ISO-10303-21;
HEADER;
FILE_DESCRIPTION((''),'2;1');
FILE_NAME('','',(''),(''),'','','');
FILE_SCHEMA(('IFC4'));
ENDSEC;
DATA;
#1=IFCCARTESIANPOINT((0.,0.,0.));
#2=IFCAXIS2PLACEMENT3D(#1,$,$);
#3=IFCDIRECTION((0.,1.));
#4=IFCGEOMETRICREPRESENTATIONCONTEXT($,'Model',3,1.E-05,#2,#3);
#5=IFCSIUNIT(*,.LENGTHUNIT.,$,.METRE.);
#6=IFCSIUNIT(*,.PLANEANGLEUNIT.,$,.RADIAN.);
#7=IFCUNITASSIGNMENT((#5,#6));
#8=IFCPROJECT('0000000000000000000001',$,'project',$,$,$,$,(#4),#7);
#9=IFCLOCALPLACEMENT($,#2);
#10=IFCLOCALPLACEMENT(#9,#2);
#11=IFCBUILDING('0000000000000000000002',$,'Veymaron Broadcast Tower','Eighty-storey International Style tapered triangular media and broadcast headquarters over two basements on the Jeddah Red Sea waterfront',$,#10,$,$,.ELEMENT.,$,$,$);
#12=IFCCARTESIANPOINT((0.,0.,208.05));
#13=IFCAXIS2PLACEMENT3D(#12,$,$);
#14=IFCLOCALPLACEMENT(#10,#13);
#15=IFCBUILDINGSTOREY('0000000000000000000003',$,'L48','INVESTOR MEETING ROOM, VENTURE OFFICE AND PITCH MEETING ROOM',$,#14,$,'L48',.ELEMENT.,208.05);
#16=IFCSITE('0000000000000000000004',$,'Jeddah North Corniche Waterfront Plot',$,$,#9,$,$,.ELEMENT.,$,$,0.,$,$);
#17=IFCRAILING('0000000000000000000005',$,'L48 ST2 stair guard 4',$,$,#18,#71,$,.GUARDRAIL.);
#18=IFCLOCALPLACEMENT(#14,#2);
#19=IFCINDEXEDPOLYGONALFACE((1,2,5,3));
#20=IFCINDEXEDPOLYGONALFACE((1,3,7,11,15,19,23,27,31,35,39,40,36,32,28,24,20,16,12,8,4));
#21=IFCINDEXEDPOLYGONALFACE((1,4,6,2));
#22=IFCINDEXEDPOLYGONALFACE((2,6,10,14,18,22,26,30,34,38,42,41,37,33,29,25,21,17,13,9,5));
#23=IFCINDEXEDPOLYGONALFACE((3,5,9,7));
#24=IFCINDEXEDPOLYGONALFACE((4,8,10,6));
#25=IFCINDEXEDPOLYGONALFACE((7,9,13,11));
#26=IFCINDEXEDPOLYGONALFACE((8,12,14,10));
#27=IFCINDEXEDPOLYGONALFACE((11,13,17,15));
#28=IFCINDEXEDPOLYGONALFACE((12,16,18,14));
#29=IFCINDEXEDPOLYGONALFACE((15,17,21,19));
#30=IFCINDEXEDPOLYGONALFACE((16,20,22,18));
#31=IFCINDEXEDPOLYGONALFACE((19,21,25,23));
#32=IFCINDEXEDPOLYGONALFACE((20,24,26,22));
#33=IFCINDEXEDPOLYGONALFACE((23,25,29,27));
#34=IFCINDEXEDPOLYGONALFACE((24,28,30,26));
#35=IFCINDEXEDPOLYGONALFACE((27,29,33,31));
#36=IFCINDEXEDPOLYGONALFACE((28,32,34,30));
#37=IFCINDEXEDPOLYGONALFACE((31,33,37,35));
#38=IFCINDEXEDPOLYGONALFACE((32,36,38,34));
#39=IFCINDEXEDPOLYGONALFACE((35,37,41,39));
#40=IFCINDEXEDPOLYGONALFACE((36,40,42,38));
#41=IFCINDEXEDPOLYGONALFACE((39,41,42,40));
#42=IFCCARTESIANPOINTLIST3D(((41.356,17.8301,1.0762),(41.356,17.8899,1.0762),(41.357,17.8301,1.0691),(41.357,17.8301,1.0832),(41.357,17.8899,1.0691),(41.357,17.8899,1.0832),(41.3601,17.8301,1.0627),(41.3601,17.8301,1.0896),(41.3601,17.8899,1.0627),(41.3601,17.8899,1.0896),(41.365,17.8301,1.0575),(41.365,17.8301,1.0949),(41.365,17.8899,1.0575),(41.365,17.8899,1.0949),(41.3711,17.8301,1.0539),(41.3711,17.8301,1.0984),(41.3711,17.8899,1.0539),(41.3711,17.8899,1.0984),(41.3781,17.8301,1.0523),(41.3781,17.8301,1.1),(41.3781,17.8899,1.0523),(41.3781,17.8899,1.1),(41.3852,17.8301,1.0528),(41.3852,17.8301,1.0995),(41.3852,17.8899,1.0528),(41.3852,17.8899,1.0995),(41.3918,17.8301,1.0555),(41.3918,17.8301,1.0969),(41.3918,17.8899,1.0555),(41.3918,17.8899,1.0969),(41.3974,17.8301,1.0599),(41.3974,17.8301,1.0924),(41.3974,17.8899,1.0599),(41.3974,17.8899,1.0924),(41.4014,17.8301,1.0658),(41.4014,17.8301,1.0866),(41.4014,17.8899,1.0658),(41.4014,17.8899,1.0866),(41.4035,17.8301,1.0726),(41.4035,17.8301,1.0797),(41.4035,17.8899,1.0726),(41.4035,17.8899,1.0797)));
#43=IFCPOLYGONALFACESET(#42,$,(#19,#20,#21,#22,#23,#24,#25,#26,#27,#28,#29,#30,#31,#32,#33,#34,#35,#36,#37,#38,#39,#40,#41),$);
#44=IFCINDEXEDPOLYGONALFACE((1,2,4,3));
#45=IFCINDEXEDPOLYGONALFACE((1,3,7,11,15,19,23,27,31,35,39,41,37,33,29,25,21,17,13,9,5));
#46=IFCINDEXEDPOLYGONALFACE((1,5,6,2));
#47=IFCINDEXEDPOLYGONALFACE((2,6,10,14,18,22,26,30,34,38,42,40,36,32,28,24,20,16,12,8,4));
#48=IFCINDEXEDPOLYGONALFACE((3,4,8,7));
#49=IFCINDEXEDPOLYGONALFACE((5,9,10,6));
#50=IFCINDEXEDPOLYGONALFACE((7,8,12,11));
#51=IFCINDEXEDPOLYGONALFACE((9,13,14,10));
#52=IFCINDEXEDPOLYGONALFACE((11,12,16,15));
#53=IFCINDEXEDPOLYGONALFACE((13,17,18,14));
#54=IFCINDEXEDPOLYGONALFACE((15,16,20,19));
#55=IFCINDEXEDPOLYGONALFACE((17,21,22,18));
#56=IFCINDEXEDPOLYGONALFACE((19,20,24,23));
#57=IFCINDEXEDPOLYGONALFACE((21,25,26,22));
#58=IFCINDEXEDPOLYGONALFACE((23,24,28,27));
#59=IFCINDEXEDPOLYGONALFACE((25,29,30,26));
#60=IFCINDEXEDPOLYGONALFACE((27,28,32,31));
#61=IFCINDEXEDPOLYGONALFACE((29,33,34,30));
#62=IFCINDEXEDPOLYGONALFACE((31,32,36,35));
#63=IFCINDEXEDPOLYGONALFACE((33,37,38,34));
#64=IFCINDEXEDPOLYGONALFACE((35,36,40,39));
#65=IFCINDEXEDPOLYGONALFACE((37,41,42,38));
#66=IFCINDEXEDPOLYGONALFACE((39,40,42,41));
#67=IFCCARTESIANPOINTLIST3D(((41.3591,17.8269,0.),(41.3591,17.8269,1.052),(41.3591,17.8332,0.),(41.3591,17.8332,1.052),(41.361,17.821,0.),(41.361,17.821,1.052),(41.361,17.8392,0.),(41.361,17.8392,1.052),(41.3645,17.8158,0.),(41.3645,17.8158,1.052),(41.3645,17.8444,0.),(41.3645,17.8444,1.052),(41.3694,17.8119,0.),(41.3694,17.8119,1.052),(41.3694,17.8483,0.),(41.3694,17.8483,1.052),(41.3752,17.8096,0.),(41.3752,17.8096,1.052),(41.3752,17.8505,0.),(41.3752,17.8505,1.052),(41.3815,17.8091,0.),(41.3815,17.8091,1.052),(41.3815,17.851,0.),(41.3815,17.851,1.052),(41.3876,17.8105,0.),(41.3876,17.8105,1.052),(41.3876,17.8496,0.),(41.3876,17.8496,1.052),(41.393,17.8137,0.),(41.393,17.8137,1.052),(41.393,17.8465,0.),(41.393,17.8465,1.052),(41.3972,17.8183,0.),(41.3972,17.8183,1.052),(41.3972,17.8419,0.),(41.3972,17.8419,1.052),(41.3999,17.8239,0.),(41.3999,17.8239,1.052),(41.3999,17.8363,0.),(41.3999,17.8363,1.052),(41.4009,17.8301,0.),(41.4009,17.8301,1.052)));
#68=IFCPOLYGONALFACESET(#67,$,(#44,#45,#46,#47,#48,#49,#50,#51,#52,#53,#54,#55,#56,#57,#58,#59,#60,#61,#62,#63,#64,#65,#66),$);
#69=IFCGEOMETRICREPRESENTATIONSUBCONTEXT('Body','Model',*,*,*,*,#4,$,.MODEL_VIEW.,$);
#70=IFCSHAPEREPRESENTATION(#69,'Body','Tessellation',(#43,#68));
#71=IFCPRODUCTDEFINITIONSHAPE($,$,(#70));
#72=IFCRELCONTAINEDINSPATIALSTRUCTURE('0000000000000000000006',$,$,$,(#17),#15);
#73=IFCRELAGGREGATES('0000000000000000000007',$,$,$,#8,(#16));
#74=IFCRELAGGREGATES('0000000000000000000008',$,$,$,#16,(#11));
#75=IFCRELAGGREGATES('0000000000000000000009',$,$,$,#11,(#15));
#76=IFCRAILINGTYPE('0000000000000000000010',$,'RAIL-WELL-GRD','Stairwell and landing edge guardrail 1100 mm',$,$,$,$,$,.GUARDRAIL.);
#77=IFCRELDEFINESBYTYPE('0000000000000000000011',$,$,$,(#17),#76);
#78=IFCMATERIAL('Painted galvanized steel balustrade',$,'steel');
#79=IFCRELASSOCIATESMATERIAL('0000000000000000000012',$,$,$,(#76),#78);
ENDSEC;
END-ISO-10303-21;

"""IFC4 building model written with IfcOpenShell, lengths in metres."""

from ifc_helpers import new_model, si_unit, direction, frame, origin, origin_2d, place, context, subcontext, project, spatial, circle, extrude, material, type_object, element, save


model = new_model("IFC4")

# Units and contexts
model_context = context("Model", 3, precision=1e-05, world=origin(), true_north=direction((0.0, 1.0)))
body_context = subcontext(model_context, "Body", "Model", "MODEL_VIEW")
ifc_project = project(units=[si_unit("LENGTHUNIT", "METRE"), si_unit("PLANEANGLEUNIT", "RADIAN")], contexts=[model_context])

# Site, building, storey
site_placement = place(None, origin())
site = spatial("IfcSite", under=ifc_project, at=site_placement, Name="Jeddah North Corniche Waterfront Plot", CompositionType="ELEMENT", RefElevation=0.0)
building_placement = place(site_placement, origin())
building = spatial("IfcBuilding", under=site, at=building_placement, Name="Veymaron Broadcast Tower", Description="Eighty-storey International Style tapered triangular media and broadcast headquarters over two basements on the Jeddah Red Sea waterfront", CompositionType="ELEMENT")
storey_placement = place(building_placement, frame((0.0, 0.0, 208.05)))
storey = spatial("IfcBuildingStorey", under=building, at=storey_placement, Name="L48", Description="INVESTOR MEETING ROOM, VENTURE OFFICE AND PITCH MEETING ROOM", LongName="L48", CompositionType="ELEMENT", Elevation=208.05)

# Railing
ifc_material_1 = material(Name="Painted galvanized steel balustrade", Category="steel")
railing_type_1 = type_object("IfcRailingType", Name="RAIL-WELL-GRD", Description="Stairwell and landing edge guardrail 1100 mm", PredefinedType="GUARDRAIL", material=ifc_material_1)
railing_1_placement = place(storey_placement, frame((41.3799, 17.8301, 0.0)))
element("IfcRailing", 1, at=railing_1_placement, inside=storey, type_object=railing_type_1, Name="L48 ST2 stair guard 4", PredefinedType="GUARDRAIL", context=body_context, shape_type="SweptSolid", body=[
    extrude(circle(Radius=0.0239, at=origin_2d()), frame((0.0, 0.0, 1.0762), z_axis=(0.0, 1.0, 0.0), x_axis=(-1.0, 0.0, 0.0)), (0.0, 0.0, 1.0), 0.0598),
    extrude(circle(Radius=0.021, at=origin_2d()), origin(), (0.0, 0.0, 1.0), 1.052),
])

save(model, "model.ifc")
